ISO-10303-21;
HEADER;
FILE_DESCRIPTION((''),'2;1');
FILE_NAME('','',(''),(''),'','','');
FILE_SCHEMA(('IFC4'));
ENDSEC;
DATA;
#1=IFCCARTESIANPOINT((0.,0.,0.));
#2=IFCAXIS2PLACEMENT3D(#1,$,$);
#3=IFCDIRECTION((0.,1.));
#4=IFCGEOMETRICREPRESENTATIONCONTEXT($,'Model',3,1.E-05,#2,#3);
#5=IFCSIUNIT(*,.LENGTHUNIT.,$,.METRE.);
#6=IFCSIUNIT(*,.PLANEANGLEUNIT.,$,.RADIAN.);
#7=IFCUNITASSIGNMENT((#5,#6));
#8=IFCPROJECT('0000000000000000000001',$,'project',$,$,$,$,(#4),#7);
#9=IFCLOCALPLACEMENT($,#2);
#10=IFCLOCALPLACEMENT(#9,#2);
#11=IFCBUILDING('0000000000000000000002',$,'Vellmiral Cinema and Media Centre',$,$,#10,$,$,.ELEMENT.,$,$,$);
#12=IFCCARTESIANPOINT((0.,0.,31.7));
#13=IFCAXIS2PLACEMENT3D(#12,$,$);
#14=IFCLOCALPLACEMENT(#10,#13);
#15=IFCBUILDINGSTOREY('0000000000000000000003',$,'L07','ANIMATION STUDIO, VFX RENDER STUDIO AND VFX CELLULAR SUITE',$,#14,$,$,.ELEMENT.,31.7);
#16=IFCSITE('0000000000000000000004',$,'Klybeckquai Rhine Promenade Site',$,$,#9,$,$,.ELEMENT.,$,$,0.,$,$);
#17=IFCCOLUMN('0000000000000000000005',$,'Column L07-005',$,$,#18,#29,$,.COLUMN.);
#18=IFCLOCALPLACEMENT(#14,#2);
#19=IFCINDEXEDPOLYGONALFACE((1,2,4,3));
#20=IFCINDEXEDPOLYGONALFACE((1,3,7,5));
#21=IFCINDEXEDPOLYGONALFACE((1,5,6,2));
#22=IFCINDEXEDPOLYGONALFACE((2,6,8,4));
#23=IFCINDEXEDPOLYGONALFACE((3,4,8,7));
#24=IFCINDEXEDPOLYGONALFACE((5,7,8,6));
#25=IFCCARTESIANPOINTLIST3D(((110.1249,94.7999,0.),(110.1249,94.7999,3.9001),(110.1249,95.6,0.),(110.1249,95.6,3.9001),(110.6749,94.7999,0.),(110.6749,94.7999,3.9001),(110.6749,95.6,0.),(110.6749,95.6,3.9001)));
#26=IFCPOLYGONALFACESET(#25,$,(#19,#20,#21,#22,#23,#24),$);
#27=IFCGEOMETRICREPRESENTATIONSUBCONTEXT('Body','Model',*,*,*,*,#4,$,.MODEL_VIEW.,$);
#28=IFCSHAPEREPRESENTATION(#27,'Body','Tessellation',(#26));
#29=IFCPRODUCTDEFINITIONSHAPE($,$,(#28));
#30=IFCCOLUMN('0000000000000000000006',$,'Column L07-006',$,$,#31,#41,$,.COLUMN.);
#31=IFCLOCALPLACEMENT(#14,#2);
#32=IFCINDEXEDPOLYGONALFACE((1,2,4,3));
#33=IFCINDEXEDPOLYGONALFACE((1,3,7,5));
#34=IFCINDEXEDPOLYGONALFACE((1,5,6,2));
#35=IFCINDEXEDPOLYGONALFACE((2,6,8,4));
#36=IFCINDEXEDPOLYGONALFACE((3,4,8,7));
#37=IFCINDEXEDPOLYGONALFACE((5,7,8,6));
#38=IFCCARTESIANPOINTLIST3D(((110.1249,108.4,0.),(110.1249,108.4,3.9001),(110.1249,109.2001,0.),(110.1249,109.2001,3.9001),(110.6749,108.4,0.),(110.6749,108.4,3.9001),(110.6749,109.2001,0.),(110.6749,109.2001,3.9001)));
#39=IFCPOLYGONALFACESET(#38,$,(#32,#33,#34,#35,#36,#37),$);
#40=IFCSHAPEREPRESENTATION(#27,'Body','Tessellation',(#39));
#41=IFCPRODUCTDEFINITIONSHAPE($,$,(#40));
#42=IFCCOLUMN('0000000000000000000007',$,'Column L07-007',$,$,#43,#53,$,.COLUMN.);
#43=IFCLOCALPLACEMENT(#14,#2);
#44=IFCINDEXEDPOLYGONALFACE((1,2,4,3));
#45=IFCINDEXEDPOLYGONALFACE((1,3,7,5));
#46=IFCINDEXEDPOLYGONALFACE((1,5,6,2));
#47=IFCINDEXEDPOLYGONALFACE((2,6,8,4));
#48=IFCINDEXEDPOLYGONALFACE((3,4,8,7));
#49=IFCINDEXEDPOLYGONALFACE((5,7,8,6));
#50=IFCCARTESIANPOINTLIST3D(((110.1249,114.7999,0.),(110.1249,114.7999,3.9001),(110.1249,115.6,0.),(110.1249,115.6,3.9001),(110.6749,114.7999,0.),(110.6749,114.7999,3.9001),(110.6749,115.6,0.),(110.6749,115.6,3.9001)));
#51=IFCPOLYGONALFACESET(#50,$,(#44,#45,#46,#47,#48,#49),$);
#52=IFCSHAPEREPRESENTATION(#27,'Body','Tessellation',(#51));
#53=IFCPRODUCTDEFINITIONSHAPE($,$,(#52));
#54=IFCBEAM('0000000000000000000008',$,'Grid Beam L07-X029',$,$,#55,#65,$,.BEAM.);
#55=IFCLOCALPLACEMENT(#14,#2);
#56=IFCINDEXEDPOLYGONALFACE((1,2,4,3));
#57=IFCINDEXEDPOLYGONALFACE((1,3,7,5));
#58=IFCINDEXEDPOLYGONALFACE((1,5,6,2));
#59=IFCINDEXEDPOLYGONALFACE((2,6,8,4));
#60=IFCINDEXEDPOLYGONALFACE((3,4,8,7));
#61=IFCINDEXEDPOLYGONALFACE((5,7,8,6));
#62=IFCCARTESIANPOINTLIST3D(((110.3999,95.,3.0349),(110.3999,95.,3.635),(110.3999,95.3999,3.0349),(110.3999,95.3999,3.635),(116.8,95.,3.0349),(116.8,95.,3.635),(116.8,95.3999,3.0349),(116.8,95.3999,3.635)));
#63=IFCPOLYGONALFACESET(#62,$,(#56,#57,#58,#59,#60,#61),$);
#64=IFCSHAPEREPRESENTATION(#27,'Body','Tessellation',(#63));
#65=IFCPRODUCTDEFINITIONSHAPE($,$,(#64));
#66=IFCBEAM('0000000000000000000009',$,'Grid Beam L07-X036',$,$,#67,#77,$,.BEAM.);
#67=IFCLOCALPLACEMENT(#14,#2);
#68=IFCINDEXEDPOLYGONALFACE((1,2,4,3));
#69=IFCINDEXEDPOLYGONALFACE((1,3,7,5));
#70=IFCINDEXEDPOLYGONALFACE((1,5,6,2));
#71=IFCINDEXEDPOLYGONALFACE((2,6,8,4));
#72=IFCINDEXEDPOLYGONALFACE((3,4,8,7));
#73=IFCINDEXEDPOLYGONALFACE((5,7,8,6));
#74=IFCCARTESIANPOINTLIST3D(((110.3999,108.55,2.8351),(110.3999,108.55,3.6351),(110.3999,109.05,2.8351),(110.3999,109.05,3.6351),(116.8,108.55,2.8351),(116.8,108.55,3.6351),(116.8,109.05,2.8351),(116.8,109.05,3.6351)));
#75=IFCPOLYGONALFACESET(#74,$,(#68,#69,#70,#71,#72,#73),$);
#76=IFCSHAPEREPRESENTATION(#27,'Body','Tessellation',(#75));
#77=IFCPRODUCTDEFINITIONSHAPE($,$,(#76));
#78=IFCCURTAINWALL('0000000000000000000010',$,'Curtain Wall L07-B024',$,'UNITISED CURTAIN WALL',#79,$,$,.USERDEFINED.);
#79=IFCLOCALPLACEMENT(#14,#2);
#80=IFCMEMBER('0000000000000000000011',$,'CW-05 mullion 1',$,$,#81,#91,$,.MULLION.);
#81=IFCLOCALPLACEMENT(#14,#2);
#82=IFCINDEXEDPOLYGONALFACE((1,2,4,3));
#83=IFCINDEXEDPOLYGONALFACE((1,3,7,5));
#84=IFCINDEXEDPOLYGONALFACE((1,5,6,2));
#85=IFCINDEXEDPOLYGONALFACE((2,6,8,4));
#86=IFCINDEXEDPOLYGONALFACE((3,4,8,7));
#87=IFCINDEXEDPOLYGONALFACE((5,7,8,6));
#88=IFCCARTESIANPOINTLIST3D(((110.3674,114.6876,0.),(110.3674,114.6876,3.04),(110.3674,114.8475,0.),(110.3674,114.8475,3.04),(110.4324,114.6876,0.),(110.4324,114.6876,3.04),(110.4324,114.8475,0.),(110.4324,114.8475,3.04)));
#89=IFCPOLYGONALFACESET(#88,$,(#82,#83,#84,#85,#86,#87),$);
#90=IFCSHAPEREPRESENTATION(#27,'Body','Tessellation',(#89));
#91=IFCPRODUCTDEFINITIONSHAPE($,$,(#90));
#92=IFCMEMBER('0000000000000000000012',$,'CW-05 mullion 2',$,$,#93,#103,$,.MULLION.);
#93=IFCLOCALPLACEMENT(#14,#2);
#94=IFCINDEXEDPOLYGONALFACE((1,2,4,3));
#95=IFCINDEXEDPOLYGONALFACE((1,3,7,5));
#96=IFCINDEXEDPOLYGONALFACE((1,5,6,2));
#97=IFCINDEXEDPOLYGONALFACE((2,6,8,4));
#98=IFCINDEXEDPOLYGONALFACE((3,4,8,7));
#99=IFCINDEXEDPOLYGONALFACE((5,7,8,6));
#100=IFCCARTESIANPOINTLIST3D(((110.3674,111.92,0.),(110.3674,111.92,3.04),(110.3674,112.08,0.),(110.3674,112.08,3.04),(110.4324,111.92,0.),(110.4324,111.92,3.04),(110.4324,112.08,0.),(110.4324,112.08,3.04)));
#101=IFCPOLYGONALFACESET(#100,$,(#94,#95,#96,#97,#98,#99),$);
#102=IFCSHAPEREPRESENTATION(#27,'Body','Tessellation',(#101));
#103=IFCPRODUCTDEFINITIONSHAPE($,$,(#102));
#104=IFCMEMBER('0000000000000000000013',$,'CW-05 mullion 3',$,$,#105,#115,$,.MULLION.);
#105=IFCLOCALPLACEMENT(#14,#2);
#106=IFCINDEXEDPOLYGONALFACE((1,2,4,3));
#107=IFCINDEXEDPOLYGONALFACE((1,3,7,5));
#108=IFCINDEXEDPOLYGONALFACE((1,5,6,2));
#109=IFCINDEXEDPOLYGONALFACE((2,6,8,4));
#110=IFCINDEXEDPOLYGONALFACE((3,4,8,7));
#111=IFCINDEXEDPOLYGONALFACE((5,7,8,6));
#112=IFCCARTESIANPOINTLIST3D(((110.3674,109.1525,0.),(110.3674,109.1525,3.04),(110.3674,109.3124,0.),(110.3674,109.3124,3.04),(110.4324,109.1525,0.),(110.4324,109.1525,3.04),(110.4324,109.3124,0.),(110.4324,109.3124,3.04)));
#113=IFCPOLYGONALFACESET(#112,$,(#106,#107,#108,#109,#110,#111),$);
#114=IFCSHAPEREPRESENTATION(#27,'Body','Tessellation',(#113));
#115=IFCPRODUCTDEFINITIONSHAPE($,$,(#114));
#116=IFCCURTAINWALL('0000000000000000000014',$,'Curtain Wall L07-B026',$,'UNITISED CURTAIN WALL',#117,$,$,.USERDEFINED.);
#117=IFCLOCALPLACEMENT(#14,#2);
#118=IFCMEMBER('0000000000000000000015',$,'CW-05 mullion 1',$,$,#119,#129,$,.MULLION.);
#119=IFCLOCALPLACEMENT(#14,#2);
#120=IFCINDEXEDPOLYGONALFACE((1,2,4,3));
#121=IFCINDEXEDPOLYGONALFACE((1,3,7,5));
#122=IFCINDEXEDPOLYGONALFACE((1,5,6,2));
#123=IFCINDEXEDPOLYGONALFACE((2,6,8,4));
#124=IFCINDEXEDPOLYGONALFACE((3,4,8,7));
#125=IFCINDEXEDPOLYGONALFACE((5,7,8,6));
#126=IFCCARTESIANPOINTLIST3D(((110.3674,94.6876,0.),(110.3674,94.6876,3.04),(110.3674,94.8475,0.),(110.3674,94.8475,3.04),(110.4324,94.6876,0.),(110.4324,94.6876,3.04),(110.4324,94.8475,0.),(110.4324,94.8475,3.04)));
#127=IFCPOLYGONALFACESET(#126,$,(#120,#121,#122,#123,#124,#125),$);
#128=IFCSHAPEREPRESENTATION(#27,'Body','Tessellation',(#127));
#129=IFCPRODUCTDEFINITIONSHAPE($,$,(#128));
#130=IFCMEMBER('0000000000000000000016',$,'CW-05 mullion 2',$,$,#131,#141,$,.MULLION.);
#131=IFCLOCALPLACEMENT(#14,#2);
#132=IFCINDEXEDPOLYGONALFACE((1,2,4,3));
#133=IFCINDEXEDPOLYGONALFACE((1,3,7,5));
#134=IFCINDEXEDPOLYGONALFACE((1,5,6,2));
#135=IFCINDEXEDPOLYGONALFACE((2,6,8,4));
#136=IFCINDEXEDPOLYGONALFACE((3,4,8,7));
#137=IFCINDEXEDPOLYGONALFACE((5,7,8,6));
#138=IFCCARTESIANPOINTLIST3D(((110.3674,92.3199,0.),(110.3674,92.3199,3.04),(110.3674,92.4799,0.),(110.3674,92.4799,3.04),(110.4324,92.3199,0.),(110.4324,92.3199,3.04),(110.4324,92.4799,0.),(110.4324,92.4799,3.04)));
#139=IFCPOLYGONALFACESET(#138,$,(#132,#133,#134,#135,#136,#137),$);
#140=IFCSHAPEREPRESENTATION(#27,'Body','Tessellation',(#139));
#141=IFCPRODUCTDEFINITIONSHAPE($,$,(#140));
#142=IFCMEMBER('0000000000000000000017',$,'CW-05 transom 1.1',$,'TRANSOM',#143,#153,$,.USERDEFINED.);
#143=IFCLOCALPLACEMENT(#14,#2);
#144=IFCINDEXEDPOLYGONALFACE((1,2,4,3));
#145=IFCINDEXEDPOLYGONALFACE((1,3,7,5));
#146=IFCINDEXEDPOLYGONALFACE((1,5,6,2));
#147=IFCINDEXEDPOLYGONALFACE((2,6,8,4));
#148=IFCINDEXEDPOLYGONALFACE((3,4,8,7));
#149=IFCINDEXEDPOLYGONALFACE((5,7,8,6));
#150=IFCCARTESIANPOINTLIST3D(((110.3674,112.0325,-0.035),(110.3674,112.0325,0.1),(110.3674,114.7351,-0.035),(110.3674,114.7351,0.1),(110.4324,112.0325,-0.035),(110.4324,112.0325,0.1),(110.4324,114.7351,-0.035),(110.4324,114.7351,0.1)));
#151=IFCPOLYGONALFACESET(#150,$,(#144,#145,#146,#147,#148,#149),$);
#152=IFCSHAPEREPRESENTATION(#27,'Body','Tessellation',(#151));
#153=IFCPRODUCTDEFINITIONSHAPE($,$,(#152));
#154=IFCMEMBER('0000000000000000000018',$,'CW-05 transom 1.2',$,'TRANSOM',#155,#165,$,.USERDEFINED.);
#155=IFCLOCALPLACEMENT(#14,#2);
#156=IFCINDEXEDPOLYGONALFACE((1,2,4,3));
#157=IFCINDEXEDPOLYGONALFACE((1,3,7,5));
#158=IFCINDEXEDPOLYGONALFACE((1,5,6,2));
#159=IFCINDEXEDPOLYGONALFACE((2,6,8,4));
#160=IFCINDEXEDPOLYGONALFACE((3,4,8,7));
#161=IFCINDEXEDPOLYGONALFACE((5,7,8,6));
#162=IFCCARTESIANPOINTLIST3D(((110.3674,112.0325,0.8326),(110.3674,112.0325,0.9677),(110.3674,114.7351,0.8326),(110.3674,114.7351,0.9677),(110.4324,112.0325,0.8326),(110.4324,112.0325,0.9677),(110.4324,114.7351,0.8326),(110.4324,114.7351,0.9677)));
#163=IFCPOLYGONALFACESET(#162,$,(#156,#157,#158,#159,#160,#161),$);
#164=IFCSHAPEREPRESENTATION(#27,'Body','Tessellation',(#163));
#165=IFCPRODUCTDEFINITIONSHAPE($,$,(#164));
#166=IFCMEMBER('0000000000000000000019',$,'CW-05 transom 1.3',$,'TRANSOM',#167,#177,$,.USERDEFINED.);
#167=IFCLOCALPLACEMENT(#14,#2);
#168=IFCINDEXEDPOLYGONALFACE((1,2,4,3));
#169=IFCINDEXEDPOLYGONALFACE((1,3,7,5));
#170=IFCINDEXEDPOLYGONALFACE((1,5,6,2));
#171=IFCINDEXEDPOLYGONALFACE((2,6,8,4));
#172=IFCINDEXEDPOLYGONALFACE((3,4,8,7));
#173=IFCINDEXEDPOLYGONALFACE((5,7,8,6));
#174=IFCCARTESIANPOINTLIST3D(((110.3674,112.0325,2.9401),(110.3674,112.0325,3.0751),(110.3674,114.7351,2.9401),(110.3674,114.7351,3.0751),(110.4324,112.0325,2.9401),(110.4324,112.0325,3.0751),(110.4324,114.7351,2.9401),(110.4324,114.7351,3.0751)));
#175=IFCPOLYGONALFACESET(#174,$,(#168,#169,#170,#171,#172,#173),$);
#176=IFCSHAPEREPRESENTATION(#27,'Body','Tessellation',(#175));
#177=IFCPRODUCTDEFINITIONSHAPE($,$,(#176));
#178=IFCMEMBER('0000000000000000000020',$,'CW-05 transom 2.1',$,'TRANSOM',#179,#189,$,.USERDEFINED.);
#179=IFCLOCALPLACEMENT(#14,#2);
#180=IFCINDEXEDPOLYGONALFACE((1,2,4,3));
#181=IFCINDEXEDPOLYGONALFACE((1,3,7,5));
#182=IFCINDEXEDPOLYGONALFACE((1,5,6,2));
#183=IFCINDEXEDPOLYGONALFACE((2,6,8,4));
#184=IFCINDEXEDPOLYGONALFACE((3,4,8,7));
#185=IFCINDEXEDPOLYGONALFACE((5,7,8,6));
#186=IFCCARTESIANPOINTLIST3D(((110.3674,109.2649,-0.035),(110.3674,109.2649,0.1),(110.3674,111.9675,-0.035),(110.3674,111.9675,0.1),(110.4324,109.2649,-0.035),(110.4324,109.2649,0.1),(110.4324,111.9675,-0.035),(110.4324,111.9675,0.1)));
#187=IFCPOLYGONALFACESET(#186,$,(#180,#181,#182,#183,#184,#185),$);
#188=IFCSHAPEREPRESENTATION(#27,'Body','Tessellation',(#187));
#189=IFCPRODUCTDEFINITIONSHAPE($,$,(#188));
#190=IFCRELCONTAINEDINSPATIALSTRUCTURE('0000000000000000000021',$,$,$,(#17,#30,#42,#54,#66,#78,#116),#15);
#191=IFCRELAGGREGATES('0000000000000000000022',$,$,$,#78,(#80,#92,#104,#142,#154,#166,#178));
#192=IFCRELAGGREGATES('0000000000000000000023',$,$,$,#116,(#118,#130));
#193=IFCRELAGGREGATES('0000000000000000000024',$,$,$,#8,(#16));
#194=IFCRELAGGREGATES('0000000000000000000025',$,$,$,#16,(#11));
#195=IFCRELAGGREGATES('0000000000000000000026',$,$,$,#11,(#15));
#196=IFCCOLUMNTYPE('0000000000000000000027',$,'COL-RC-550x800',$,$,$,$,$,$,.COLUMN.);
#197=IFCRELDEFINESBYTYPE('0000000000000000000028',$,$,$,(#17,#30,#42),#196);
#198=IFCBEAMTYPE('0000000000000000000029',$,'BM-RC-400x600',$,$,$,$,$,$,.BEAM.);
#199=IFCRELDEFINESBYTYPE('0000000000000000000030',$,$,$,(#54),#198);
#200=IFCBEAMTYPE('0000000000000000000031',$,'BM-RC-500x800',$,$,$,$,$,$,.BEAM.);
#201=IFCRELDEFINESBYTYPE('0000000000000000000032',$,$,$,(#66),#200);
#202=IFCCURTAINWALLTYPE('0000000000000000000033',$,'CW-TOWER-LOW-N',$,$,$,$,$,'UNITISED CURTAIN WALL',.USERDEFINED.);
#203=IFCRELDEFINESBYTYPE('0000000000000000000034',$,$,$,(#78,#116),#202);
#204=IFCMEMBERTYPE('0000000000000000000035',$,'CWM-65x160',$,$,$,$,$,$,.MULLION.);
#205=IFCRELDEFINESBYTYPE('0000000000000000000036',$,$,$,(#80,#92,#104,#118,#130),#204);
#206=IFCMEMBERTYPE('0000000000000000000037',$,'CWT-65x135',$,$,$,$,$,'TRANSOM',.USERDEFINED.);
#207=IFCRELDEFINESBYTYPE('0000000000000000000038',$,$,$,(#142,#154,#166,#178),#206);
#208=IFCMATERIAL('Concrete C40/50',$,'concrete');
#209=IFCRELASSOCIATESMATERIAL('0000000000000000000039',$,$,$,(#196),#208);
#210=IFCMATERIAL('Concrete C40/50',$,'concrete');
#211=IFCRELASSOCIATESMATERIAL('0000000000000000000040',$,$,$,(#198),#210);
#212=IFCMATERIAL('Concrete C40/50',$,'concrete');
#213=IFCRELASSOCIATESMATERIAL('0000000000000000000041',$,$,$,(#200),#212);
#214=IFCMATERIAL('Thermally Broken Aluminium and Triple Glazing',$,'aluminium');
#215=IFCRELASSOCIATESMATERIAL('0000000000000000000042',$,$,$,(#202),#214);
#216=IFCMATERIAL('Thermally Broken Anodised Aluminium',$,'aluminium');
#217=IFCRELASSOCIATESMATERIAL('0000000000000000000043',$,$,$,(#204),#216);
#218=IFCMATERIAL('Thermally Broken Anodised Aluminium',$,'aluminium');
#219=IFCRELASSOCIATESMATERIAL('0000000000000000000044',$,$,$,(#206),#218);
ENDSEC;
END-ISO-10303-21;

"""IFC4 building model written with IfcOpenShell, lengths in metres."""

from ifc_helpers import new_model, si_unit, direction, frame, origin, origin_2d, place, context, subcontext, project, spatial, rectangle, extrude, material, material_profile, profile_set, type_object, element, aggregate, save


model = new_model("IFC4")

# Units and contexts
model_context = context("Model", 3, precision=1e-05, world=origin(), true_north=direction((0.0, 1.0)))
body_context = subcontext(model_context, "Body", "Model", "MODEL_VIEW")
ifc_project = project(units=[si_unit("LENGTHUNIT", "METRE"), si_unit("PLANEANGLEUNIT", "RADIAN")], contexts=[model_context])

# Site, building, storey
site_placement = place(None, origin())
site = spatial("IfcSite", under=ifc_project, at=site_placement, Name="Klybeckquai Rhine Promenade Site", CompositionType="ELEMENT", RefElevation=0.0)
building_placement = place(site_placement, origin())
building = spatial("IfcBuilding", under=site, at=building_placement, Name="Vellmiral Cinema and Media Centre", CompositionType="ELEMENT")
storey_placement = place(building_placement, frame((0.0, 0.0, 31.7)))
storey = spatial("IfcBuildingStorey", under=building, at=storey_placement, Name="L07", Description="ANIMATION STUDIO, VFX RENDER STUDIO AND VFX CELLULAR SUITE", CompositionType="ELEMENT", Elevation=31.7)

# Columns
ifc_material_1 = material(Name="Concrete C40/50", Category="concrete")
ifc_material_profile_1 = material_profile(ifc_material_1, rectangle(XDim=0.55, YDim=0.8, at=origin_2d()), Name="RC 550x800")
ifc_profile_set_1 = profile_set([ifc_material_profile_1], Name="Concrete C40/50")
column_type = type_object("IfcColumnType", Name="COL-RC-550x800", PredefinedType="COLUMN", material=ifc_profile_set_1)
for number, where, z_axis, x_axis, name in (
    (1, (110.3999, 95.2, 0.0), (0.0, 0.0, 1.0), (1.0, 0.0, 0.0), "Column L07-005"),
    (2, (110.3999, 108.8, 0.0), (0.0, 0.0, 1.0), (1.0, 0.0, 0.0), "Column L07-006"),
    (3, (110.3999, 115.2, 0.0), (0.0, 0.0, 1.0), (1.0, 0.0, 0.0), "Column L07-007"),
):
    element("IfcColumn", number, at=place(storey_placement, frame(where, z_axis=z_axis, x_axis=x_axis)), inside=storey, type_object=column_type, Name=name, PredefinedType="COLUMN", context=body_context, shape_type="SweptSolid", body=[
        extrude(rectangle(XDim=0.55, YDim=0.8, at=origin_2d()), origin(), (0.0, 0.0, 1.0), 3.9001),
    ])

# Beams
ifc_material_2 = material(Name="Concrete C40/50", Category="concrete")
ifc_material_profile_2 = material_profile(ifc_material_2, rectangle(XDim=0.3999, YDim=0.6001, at=origin_2d()), Name="RC 400x600")
ifc_profile_set_2 = profile_set([ifc_material_profile_2], Name="Concrete C40/50")
beam_type_1 = type_object("IfcBeamType", Name="BM-RC-400x600", PredefinedType="BEAM", material=ifc_profile_set_2)
beam_1_placement = place(storey_placement, frame((110.3999, 95.2, 3.335), z_axis=(1.0, 0.0, 0.0), x_axis=(0.0, 1.0, 0.0)))
element("IfcBeam", 4, at=beam_1_placement, inside=storey, type_object=beam_type_1, Name="Grid Beam L07-X029", PredefinedType="BEAM", context=body_context, shape_type="SweptSolid", body=[
    extrude(rectangle(XDim=0.3999, YDim=0.6001, at=origin_2d()), origin(), (0.0, 0.0, 1.0), 6.4001),
])
ifc_material_3 = material(Name="Concrete C40/50", Category="concrete")
ifc_material_profile_3 = material_profile(ifc_material_3, rectangle(XDim=0.5, YDim=0.8, at=origin_2d()), Name="RC 500x800")
ifc_profile_set_3 = profile_set([ifc_material_profile_3], Name="Concrete C40/50")
beam_type_2 = type_object("IfcBeamType", Name="BM-RC-500x800", PredefinedType="BEAM", material=ifc_profile_set_3)
beam_2_placement = place(storey_placement, frame((110.3999, 108.8, 3.2351), z_axis=(1.0, 0.0, 0.0), x_axis=(0.0, 1.0, 0.0)))
element("IfcBeam", 5, at=beam_2_placement, inside=storey, type_object=beam_type_2, Name="Grid Beam L07-X036", PredefinedType="BEAM", context=body_context, shape_type="SweptSolid", body=[
    extrude(rectangle(XDim=0.5, YDim=0.8, at=origin_2d()), origin(), (0.0, 0.0, 1.0), 6.4001),
])

# Curtain walls, members
ifc_material_4 = material(Name="Thermally Broken Aluminium and Triple Glazing", Category="aluminium")
curtain_wall_type = type_object("IfcCurtainWallType", Name="CW-TOWER-LOW-N", ElementType="UNITISED CURTAIN WALL", PredefinedType="USERDEFINED", material=ifc_material_4)
curtain_wall_1_placement = place(storey_placement, origin())
curtain_wall_1 = element("IfcCurtainWall", 6, at=curtain_wall_1_placement, inside=storey, type_object=curtain_wall_type, Name="Curtain Wall L07-B024", ObjectType="UNITISED CURTAIN WALL", PredefinedType="USERDEFINED")
ifc_material_5 = material(Name="Thermally Broken Anodised Aluminium", Category="aluminium")
ifc_material_profile_4 = material_profile(ifc_material_5, rectangle(XDim=0.0649, YDim=0.1599, at=origin_2d()), Name="MULL 65x160")
ifc_profile_set_4 = profile_set([ifc_material_profile_4], Name="Thermally Broken Anodised Aluminium")
member_type_1 = type_object("IfcMemberType", Name="CWM-65x160", PredefinedType="MULLION", material=ifc_profile_set_4)
member_1_placement = place(storey_placement, frame((110.3999, 114.7676, 0.0), z_axis=(0.0, 0.0, 1.0), x_axis=(1.0, 0.0, 0.0)))
member_1 = element("IfcMember", 7, at=member_1_placement, type_object=member_type_1, Name="CW-05 mullion 1", PredefinedType="MULLION", context=body_context, shape_type="SweptSolid", body=[
    extrude(rectangle(XDim=0.0649, YDim=0.1599, at=origin_2d()), origin(), (0.0, 0.0, 1.0), 3.04),
])
member_2_placement = place(storey_placement, frame((110.3999, 112.0, 0.0), z_axis=(0.0, 0.0, 1.0), x_axis=(1.0, 0.0, 0.0)))
member_2 = element("IfcMember", 8, at=member_2_placement, type_object=member_type_1, Name="CW-05 mullion 2", PredefinedType="MULLION", context=body_context, shape_type="SweptSolid", body=[
    extrude(rectangle(XDim=0.0649, YDim=0.1599, at=origin_2d()), origin(), (0.0, 0.0, 1.0), 3.04),
])
member_3_placement = place(storey_placement, frame((110.3999, 109.2324, 0.0), z_axis=(0.0, 0.0, 1.0), x_axis=(1.0, 0.0, 0.0)))
member_3 = element("IfcMember", 9, at=member_3_placement, type_object=member_type_1, Name="CW-05 mullion 3", PredefinedType="MULLION", context=body_context, shape_type="SweptSolid", body=[
    extrude(rectangle(XDim=0.0649, YDim=0.1599, at=origin_2d()), origin(), (0.0, 0.0, 1.0), 3.04),
])
curtain_wall_2_placement = place(storey_placement, origin())
curtain_wall_2 = element("IfcCurtainWall", 10, at=curtain_wall_2_placement, inside=storey, type_object=curtain_wall_type, Name="Curtain Wall L07-B026", ObjectType="UNITISED CURTAIN WALL", PredefinedType="USERDEFINED")
member_4_placement = place(storey_placement, frame((110.3999, 94.7676, 0.0), z_axis=(0.0, 0.0, 1.0), x_axis=(1.0, 0.0, 0.0)))
member_4 = element("IfcMember", 11, at=member_4_placement, type_object=member_type_1, Name="CW-05 mullion 1", PredefinedType="MULLION", context=body_context, shape_type="SweptSolid", body=[
    extrude(rectangle(XDim=0.0649, YDim=0.1599, at=origin_2d()), origin(), (0.0, 0.0, 1.0), 3.04),
])
member_5_placement = place(storey_placement, frame((110.3999, 92.3999, 0.0), z_axis=(0.0, 0.0, 1.0), x_axis=(1.0, 0.0, 0.0)))
member_5 = element("IfcMember", 12, at=member_5_placement, type_object=member_type_1, Name="CW-05 mullion 2", PredefinedType="MULLION", context=body_context, shape_type="SweptSolid", body=[
    extrude(rectangle(XDim=0.0649, YDim=0.1599, at=origin_2d()), origin(), (0.0, 0.0, 1.0), 3.04),
])

# Members
ifc_material_6 = material(Name="Thermally Broken Anodised Aluminium", Category="aluminium")
ifc_material_profile_5 = material_profile(ifc_material_6, rectangle(XDim=0.0649, YDim=0.135, at=origin_2d()), Name="MULL 65x135")
ifc_profile_set_5 = profile_set([ifc_material_profile_5], Name="Thermally Broken Anodised Aluminium")
member_type_2 = type_object("IfcMemberType", Name="CWT-65x135", ElementType="TRANSOM", PredefinedType="USERDEFINED", material=ifc_profile_set_5)
member_6_placement = place(storey_placement, frame((110.3999, 114.7351, 0.0325), z_axis=(0.0, -1.0, 0.0), x_axis=(1.0, 0.0, 0.0)))
member_6 = element("IfcMember", 13, at=member_6_placement, type_object=member_type_2, Name="CW-05 transom 1.1", ObjectType="TRANSOM", PredefinedType="USERDEFINED", context=body_context, shape_type="SweptSolid", body=[
    extrude(rectangle(XDim=0.0649, YDim=0.135, at=origin_2d()), origin(), (0.0, 0.0, 1.0), 2.7026),
])
member_7_placement = place(storey_placement, frame((110.3999, 114.7351, 0.9001), z_axis=(0.0, -1.0, 0.0), x_axis=(1.0, 0.0, 0.0)))
member_7 = element("IfcMember", 14, at=member_7_placement, type_object=member_type_2, Name="CW-05 transom 1.2", ObjectType="TRANSOM", PredefinedType="USERDEFINED", context=body_context, shape_type="SweptSolid", body=[
    extrude(rectangle(XDim=0.0649, YDim=0.135, at=origin_2d()), origin(), (0.0, 0.0, 1.0), 2.7026),
])
member_8_placement = place(storey_placement, frame((110.3999, 114.7351, 3.0076), z_axis=(0.0, -1.0, 0.0), x_axis=(1.0, 0.0, 0.0)))
member_8 = element("IfcMember", 15, at=member_8_placement, type_object=member_type_2, Name="CW-05 transom 1.3", ObjectType="TRANSOM", PredefinedType="USERDEFINED", context=body_context, shape_type="SweptSolid", body=[
    extrude(rectangle(XDim=0.0649, YDim=0.135, at=origin_2d()), origin(), (0.0, 0.0, 1.0), 2.7026),
])
member_9_placement = place(storey_placement, frame((110.3999, 111.9675, 0.0325), z_axis=(0.0, -1.0, 0.0), x_axis=(1.0, 0.0, 0.0)))
member_9 = element("IfcMember", 16, at=member_9_placement, type_object=member_type_2, Name="CW-05 transom 2.1", ObjectType="TRANSOM", PredefinedType="USERDEFINED", context=body_context, shape_type="SweptSolid", body=[
    extrude(rectangle(XDim=0.0649, YDim=0.135, at=origin_2d()), origin(), (0.0, 0.0, 1.0), 2.7026),
])

aggregate(curtain_wall_1, [member_1, member_2, member_3, member_6, member_7, member_8, member_9])
aggregate(curtain_wall_2, [member_4, member_5])

save(model, "model.ifc")
